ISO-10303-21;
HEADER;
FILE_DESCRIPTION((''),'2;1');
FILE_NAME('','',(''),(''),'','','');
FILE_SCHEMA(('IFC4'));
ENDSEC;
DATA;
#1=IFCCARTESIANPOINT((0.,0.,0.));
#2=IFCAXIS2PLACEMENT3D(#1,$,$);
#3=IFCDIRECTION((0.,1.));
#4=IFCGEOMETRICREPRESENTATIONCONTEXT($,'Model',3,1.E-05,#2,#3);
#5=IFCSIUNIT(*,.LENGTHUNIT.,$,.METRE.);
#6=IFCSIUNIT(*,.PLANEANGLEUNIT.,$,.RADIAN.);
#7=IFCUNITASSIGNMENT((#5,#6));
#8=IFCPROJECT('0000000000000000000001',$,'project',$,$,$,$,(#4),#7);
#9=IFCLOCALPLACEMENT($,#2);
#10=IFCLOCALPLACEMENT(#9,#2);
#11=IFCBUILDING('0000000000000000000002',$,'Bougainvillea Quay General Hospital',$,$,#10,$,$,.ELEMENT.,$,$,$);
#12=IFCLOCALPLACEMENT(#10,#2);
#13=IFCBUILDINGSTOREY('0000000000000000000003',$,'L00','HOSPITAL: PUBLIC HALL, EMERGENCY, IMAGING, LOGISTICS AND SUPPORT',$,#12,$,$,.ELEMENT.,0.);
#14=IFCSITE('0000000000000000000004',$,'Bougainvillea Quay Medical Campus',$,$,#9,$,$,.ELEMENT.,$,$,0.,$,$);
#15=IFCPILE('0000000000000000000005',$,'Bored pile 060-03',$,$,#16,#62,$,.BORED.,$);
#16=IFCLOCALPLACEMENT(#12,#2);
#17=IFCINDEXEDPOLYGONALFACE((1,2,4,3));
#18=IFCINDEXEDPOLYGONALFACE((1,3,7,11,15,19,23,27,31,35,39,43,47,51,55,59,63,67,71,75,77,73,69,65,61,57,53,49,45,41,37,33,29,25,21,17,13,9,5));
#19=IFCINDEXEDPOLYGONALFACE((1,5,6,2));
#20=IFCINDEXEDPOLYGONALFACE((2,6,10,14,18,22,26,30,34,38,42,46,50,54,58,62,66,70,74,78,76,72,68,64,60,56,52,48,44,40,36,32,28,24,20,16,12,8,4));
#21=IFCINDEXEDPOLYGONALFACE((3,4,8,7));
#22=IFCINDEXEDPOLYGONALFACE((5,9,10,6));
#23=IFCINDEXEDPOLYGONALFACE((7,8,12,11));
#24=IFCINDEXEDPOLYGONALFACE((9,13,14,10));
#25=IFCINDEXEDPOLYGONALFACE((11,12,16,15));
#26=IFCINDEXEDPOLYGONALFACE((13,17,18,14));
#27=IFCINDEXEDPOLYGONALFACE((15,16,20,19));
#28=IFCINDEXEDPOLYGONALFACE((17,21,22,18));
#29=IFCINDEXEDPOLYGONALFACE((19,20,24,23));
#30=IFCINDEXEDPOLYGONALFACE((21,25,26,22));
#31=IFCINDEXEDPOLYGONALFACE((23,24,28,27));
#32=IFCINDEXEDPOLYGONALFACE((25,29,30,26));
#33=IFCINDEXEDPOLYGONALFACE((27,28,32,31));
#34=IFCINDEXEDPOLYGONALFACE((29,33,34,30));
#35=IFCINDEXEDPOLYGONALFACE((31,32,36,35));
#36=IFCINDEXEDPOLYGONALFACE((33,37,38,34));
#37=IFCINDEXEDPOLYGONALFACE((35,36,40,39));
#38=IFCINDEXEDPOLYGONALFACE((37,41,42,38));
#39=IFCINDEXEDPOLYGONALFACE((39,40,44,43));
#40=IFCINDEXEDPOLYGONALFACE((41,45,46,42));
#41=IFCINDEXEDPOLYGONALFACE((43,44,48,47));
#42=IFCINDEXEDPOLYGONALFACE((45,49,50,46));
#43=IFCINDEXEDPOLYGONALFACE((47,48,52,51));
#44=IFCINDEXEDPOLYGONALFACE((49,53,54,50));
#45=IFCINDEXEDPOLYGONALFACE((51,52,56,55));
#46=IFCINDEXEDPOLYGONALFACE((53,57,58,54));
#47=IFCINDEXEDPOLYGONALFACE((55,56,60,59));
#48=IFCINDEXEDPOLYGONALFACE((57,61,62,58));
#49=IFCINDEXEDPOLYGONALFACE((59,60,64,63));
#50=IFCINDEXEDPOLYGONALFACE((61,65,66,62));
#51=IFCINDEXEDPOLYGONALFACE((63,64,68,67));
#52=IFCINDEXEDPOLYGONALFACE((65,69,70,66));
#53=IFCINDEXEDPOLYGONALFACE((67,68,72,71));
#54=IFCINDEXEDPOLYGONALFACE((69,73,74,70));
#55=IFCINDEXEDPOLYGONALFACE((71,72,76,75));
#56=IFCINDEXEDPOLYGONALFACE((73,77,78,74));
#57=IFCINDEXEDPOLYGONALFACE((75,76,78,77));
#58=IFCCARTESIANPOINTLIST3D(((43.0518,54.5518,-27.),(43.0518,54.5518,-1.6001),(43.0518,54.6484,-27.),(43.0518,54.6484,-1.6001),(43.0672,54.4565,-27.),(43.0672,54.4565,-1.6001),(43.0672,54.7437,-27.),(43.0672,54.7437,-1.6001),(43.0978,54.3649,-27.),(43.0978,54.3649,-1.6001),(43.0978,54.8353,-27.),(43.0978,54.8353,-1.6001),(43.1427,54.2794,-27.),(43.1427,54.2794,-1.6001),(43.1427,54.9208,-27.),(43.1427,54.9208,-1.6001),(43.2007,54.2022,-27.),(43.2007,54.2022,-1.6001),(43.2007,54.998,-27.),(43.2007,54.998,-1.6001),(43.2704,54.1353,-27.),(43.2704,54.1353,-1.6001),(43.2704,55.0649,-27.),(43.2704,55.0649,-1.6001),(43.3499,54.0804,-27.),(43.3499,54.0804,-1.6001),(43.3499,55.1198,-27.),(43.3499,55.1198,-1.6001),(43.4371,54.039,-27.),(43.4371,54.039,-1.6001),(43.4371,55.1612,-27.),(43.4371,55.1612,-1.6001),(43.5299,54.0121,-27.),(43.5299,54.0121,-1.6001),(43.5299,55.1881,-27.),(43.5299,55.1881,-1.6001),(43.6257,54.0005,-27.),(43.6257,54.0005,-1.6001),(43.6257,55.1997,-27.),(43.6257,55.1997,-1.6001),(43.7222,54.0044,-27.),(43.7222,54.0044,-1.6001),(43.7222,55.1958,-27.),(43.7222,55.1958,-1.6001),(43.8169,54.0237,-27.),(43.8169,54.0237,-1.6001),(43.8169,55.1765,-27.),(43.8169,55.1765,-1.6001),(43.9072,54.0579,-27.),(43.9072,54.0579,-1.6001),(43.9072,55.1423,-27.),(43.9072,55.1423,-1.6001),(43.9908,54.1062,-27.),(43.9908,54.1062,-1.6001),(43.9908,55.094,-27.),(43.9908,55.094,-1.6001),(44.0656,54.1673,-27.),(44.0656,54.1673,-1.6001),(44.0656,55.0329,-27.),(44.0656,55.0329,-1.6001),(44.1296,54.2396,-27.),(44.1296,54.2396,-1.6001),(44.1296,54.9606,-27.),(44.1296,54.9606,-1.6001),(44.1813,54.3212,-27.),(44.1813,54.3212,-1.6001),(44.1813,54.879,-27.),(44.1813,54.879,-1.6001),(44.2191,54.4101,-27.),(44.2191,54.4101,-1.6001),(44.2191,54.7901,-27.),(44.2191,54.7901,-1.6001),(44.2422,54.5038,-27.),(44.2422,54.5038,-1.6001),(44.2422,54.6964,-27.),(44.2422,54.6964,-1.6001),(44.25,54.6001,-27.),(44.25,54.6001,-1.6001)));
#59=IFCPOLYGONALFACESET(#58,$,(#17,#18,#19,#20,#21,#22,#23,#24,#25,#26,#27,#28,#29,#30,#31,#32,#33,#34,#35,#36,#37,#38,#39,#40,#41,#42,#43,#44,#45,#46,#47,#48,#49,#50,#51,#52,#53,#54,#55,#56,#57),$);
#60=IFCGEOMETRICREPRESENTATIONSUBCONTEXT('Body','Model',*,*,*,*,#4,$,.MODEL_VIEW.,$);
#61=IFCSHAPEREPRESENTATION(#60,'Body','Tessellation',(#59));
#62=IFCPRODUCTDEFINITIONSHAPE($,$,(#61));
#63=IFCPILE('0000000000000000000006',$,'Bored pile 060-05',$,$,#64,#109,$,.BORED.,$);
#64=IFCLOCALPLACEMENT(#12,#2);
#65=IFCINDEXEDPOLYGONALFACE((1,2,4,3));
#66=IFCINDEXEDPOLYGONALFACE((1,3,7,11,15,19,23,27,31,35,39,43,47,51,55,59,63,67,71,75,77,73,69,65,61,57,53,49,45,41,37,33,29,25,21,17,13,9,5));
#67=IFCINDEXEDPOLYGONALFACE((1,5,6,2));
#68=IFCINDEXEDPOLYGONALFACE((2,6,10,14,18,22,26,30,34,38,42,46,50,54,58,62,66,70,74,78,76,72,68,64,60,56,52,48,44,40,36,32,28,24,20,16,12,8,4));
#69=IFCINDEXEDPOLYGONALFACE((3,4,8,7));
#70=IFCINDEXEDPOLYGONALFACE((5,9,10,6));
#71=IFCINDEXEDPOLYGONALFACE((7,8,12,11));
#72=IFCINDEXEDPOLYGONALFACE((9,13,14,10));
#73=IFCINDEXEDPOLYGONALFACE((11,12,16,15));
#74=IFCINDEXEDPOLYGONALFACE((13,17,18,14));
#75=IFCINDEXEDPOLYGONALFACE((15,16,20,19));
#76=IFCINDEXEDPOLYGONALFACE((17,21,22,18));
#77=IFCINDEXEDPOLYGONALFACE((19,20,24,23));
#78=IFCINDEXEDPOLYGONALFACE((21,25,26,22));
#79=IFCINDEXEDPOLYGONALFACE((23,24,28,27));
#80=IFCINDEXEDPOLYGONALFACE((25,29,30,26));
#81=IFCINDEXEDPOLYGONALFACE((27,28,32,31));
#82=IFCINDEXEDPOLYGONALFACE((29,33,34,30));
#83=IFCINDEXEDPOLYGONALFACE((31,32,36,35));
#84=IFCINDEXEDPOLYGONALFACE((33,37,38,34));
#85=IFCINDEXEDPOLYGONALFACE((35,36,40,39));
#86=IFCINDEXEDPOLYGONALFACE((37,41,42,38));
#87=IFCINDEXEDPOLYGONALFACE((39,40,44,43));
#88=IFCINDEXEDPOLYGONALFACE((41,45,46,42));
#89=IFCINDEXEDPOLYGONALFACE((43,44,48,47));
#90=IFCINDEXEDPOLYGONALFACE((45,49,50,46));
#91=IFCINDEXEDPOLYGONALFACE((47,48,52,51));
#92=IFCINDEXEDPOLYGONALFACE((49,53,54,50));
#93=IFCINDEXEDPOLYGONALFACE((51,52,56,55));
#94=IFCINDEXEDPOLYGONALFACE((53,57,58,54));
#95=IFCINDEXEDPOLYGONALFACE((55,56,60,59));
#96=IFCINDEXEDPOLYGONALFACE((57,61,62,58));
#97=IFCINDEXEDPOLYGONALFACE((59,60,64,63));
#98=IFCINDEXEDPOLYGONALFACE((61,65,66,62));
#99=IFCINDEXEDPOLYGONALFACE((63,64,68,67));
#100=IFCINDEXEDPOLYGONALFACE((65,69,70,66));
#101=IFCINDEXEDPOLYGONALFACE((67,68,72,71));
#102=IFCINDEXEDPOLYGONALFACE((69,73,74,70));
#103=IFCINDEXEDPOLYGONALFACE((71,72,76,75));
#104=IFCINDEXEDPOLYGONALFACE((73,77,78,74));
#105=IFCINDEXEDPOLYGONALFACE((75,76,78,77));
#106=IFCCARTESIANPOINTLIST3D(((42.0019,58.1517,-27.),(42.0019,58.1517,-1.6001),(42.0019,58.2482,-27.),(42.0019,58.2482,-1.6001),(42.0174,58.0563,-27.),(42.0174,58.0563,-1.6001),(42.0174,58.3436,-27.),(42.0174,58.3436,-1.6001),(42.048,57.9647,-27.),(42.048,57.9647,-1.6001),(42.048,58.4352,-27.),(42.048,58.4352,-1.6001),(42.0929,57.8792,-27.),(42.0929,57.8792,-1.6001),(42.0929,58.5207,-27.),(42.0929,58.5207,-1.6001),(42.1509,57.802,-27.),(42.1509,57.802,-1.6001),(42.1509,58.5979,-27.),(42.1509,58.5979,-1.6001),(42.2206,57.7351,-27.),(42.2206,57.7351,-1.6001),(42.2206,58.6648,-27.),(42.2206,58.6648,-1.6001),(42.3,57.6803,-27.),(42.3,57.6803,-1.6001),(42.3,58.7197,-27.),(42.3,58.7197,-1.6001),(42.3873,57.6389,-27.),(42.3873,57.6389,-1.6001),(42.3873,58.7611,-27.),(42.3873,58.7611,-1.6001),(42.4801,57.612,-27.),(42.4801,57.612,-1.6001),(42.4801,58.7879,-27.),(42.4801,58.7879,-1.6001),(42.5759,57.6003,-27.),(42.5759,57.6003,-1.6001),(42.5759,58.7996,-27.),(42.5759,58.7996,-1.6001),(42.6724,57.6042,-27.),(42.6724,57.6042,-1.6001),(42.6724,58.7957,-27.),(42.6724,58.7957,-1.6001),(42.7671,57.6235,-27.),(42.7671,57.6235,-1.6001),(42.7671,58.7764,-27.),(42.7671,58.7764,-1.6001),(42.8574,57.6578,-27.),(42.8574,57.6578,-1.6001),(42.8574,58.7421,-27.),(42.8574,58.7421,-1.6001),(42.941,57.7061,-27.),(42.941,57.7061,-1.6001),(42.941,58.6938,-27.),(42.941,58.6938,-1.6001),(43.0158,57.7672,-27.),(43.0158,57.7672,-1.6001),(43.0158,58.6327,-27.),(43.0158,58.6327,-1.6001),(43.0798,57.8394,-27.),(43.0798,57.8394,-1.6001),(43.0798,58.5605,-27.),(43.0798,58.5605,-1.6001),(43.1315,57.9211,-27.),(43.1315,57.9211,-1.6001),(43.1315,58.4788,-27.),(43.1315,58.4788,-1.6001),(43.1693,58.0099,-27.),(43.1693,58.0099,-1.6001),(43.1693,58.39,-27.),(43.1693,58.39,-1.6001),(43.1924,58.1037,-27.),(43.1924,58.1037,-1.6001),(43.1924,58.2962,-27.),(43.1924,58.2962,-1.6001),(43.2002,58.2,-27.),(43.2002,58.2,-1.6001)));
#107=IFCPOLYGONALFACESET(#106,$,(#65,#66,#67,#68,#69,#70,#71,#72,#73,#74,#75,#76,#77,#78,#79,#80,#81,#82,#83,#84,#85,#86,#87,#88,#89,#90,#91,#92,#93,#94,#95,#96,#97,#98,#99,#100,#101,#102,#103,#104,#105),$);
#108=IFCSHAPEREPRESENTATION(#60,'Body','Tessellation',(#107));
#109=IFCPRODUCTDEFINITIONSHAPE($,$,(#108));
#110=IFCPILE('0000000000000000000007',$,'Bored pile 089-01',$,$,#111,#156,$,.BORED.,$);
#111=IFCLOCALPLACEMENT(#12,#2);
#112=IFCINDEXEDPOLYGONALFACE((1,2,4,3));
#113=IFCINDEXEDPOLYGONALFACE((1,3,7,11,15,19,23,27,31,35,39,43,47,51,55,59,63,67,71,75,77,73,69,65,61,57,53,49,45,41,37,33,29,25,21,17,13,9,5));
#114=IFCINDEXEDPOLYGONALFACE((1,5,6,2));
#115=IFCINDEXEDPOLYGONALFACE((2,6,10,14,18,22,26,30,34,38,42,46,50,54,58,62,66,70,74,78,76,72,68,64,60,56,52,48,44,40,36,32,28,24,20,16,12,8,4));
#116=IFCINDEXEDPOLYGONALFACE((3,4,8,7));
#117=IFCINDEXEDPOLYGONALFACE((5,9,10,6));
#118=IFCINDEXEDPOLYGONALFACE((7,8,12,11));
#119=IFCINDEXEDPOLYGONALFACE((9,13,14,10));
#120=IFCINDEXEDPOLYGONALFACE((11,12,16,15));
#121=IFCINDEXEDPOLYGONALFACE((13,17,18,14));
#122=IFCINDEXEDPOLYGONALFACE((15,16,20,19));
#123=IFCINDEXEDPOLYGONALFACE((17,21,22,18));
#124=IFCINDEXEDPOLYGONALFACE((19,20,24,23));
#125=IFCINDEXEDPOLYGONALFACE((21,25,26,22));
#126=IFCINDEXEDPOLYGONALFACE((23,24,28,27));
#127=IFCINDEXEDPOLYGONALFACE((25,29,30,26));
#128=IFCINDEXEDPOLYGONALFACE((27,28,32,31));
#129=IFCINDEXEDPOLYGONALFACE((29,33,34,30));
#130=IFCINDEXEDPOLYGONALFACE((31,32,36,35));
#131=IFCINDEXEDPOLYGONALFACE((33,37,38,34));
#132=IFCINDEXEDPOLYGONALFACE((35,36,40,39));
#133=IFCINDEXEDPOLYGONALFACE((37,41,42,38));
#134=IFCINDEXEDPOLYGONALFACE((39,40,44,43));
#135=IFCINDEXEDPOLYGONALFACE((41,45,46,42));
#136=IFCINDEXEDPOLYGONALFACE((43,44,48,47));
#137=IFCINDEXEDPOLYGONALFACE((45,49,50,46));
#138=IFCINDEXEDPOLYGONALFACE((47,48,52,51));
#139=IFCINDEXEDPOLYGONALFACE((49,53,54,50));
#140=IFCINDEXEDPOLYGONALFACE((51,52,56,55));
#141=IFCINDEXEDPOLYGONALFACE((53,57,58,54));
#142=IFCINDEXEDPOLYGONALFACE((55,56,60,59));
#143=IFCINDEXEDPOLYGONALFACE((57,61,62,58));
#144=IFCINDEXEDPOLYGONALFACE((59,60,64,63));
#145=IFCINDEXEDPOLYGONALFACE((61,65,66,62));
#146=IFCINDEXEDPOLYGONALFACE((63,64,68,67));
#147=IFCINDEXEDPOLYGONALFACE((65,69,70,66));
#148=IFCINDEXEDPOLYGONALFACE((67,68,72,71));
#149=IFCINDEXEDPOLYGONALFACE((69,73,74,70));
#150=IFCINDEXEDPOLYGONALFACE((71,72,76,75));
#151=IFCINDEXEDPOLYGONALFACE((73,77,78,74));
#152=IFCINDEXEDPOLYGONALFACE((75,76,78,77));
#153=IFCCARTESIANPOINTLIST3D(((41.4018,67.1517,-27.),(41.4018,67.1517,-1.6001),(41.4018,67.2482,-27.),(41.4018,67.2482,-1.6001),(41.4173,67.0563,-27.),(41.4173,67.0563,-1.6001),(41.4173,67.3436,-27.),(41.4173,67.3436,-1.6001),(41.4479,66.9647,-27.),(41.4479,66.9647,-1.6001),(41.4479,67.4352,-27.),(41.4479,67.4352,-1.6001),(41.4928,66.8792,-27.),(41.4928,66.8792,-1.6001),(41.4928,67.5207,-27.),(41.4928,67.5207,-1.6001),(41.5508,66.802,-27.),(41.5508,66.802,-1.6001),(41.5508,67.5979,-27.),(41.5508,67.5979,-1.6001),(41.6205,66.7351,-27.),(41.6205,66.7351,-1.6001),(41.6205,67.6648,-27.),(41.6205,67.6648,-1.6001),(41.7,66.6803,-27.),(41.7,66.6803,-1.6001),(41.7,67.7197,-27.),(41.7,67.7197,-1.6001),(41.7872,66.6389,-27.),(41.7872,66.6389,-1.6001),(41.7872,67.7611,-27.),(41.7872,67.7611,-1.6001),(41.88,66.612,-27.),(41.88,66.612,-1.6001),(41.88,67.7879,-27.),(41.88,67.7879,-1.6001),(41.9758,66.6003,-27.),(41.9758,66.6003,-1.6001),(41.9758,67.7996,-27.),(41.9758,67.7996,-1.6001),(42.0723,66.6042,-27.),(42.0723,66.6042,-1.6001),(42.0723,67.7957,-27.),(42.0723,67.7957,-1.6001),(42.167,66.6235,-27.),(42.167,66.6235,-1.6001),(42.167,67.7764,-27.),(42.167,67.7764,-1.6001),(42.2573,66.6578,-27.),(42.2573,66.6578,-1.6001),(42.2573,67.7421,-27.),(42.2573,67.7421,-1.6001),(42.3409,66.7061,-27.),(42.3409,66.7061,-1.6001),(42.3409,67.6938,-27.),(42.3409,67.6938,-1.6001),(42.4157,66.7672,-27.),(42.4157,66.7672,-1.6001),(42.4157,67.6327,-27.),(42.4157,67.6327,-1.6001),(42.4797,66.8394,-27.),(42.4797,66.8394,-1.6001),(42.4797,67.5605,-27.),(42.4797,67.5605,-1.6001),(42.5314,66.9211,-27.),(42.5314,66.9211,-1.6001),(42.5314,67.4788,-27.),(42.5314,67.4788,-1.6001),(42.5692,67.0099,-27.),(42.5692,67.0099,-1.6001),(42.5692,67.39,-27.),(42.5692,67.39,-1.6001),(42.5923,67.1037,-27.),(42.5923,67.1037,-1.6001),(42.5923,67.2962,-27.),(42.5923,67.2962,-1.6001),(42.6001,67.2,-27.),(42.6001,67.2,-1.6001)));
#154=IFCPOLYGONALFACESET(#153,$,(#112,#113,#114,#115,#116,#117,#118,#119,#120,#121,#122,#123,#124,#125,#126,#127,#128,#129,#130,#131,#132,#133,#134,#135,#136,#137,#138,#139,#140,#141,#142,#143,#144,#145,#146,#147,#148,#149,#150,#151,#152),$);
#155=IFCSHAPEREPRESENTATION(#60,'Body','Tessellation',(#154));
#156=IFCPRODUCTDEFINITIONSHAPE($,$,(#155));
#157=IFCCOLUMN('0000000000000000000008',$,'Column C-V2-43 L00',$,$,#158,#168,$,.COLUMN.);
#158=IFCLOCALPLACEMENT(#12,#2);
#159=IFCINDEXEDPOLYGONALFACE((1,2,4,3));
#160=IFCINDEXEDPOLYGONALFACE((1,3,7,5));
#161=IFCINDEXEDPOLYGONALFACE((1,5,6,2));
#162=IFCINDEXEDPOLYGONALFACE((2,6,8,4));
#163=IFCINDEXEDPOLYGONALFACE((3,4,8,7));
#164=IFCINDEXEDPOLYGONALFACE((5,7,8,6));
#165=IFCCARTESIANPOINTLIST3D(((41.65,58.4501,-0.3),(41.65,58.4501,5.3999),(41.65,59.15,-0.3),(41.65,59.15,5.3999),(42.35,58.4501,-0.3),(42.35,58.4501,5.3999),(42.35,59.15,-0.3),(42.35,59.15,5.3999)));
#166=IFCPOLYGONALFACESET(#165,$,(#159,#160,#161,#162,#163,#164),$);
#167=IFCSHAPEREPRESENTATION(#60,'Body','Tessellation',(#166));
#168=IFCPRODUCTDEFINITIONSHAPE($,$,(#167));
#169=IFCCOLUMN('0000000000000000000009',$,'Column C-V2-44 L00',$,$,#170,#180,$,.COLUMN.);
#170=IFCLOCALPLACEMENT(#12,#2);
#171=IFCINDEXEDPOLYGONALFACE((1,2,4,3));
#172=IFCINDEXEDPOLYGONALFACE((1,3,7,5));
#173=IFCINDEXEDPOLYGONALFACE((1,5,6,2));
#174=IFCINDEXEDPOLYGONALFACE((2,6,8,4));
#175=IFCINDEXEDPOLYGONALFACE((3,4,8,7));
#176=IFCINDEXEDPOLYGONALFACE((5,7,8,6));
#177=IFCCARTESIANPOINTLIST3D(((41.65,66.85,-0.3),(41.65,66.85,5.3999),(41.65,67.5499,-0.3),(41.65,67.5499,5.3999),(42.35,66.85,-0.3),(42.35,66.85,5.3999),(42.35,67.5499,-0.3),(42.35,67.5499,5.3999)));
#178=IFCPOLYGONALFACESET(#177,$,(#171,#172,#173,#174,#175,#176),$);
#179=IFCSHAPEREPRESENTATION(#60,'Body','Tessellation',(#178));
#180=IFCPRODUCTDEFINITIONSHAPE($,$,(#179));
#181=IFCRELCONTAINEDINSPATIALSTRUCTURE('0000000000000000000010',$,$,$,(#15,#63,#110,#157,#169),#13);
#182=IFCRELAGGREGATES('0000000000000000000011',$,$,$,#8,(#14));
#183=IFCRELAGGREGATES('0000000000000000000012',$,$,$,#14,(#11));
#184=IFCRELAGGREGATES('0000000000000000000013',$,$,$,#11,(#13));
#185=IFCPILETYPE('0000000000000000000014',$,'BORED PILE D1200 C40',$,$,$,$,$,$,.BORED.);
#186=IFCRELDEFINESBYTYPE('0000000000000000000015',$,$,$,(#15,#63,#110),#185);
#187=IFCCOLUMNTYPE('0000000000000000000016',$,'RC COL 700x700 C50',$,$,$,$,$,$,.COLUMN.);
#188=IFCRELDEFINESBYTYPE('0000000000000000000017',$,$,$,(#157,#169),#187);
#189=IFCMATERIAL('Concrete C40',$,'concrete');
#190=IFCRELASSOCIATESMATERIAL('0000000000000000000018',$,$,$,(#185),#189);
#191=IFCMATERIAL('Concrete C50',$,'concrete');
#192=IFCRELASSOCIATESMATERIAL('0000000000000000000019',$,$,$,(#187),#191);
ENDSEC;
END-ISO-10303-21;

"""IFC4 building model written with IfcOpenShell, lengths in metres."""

from ifc_helpers import new_model, si_unit, direction, frame, origin, origin_2d, place, context, subcontext, project, spatial, rectangle, circle, extrude, material, material_profile, profile_set, type_object, element, save


model = new_model("IFC4")

# Units and contexts
model_context = context("Model", 3, precision=1e-05, world=origin(), true_north=direction((0.0, 1.0)))
body_context = subcontext(model_context, "Body", "Model", "MODEL_VIEW")
ifc_project = project(units=[si_unit("LENGTHUNIT", "METRE"), si_unit("PLANEANGLEUNIT", "RADIAN")], contexts=[model_context])

# Site, building, storey
site_placement = place(None, origin())
site = spatial("IfcSite", under=ifc_project, at=site_placement, Name="Bougainvillea Quay Medical Campus", CompositionType="ELEMENT", RefElevation=0.0)
building_placement = place(site_placement, origin())
building = spatial("IfcBuilding", under=site, at=building_placement, Name="Bougainvillea Quay General Hospital", CompositionType="ELEMENT")
storey_placement = place(building_placement, origin())
storey = spatial("IfcBuildingStorey", under=building, at=storey_placement, Name="L00", Description="HOSPITAL: PUBLIC HALL, EMERGENCY, IMAGING, LOGISTICS AND SUPPORT", CompositionType="ELEMENT", Elevation=0.0)

# Piles
ifc_material_1 = material(Name="Concrete C40", Category="concrete")
ifc_material_profile_1 = material_profile(ifc_material_1, circle(Radius=0.6001, at=origin_2d()))
ifc_profile_set_1 = profile_set([ifc_material_profile_1], Name="Concrete C40")
pile_type = type_object("IfcPileType", Name="BORED PILE D1200 C40", PredefinedType="BORED", material=ifc_profile_set_1)
for number, where, z_axis, x_axis, name in (
    (1, (43.6499, 54.6001, -1.6001), (0.0, 0.0, -1.0), (1.0, 0.0, 0.0), "Bored pile 060-03"),
    (2, (42.6001, 58.2, -1.6001), (0.0, 0.0, -1.0), (1.0, 0.0, 0.0), "Bored pile 060-05"),
    (3, (42.0, 67.2, -1.6001), (0.0, 0.0, -1.0), (1.0, 0.0, 0.0), "Bored pile 089-01"),
):
    element("IfcPile", number, at=place(storey_placement, frame(where, z_axis=z_axis, x_axis=x_axis)), inside=storey, type_object=pile_type, Name=name, PredefinedType="BORED", context=body_context, shape_type="SweptSolid", body=[
        extrude(circle(Radius=0.6001, at=origin_2d()), origin(), (0.0, 0.0, 1.0), 25.3999),
    ])

# Columns
ifc_material_2 = material(Name="Concrete C50", Category="concrete")
ifc_material_profile_2 = material_profile(ifc_material_2, rectangle(XDim=0.7, YDim=0.7, at=origin_2d()))
ifc_profile_set_2 = profile_set([ifc_material_profile_2], Name="Concrete C50")
column_type = type_object("IfcColumnType", Name="RC COL 700x700 C50", PredefinedType="COLUMN", material=ifc_profile_set_2)
for number, where, z_axis, x_axis, name in (
    (4, (42.0, 58.8, -0.3), (0.0, 0.0, 1.0), (1.0, 0.0, 0.0), "Column C-V2-43 L00"),
    (5, (42.0, 67.2, -0.3), (0.0, 0.0, 1.0), (1.0, 0.0, 0.0), "Column C-V2-44 L00"),
):
    element("IfcColumn", number, at=place(storey_placement, frame(where, z_axis=z_axis, x_axis=x_axis)), inside=storey, type_object=column_type, Name=name, PredefinedType="COLUMN", context=body_context, shape_type="SweptSolid", body=[
        extrude(rectangle(XDim=0.7, YDim=0.7, at=origin_2d()), origin(), (0.0, 0.0, 1.0), 5.7),
    ])

save(model, "model.ifc")
